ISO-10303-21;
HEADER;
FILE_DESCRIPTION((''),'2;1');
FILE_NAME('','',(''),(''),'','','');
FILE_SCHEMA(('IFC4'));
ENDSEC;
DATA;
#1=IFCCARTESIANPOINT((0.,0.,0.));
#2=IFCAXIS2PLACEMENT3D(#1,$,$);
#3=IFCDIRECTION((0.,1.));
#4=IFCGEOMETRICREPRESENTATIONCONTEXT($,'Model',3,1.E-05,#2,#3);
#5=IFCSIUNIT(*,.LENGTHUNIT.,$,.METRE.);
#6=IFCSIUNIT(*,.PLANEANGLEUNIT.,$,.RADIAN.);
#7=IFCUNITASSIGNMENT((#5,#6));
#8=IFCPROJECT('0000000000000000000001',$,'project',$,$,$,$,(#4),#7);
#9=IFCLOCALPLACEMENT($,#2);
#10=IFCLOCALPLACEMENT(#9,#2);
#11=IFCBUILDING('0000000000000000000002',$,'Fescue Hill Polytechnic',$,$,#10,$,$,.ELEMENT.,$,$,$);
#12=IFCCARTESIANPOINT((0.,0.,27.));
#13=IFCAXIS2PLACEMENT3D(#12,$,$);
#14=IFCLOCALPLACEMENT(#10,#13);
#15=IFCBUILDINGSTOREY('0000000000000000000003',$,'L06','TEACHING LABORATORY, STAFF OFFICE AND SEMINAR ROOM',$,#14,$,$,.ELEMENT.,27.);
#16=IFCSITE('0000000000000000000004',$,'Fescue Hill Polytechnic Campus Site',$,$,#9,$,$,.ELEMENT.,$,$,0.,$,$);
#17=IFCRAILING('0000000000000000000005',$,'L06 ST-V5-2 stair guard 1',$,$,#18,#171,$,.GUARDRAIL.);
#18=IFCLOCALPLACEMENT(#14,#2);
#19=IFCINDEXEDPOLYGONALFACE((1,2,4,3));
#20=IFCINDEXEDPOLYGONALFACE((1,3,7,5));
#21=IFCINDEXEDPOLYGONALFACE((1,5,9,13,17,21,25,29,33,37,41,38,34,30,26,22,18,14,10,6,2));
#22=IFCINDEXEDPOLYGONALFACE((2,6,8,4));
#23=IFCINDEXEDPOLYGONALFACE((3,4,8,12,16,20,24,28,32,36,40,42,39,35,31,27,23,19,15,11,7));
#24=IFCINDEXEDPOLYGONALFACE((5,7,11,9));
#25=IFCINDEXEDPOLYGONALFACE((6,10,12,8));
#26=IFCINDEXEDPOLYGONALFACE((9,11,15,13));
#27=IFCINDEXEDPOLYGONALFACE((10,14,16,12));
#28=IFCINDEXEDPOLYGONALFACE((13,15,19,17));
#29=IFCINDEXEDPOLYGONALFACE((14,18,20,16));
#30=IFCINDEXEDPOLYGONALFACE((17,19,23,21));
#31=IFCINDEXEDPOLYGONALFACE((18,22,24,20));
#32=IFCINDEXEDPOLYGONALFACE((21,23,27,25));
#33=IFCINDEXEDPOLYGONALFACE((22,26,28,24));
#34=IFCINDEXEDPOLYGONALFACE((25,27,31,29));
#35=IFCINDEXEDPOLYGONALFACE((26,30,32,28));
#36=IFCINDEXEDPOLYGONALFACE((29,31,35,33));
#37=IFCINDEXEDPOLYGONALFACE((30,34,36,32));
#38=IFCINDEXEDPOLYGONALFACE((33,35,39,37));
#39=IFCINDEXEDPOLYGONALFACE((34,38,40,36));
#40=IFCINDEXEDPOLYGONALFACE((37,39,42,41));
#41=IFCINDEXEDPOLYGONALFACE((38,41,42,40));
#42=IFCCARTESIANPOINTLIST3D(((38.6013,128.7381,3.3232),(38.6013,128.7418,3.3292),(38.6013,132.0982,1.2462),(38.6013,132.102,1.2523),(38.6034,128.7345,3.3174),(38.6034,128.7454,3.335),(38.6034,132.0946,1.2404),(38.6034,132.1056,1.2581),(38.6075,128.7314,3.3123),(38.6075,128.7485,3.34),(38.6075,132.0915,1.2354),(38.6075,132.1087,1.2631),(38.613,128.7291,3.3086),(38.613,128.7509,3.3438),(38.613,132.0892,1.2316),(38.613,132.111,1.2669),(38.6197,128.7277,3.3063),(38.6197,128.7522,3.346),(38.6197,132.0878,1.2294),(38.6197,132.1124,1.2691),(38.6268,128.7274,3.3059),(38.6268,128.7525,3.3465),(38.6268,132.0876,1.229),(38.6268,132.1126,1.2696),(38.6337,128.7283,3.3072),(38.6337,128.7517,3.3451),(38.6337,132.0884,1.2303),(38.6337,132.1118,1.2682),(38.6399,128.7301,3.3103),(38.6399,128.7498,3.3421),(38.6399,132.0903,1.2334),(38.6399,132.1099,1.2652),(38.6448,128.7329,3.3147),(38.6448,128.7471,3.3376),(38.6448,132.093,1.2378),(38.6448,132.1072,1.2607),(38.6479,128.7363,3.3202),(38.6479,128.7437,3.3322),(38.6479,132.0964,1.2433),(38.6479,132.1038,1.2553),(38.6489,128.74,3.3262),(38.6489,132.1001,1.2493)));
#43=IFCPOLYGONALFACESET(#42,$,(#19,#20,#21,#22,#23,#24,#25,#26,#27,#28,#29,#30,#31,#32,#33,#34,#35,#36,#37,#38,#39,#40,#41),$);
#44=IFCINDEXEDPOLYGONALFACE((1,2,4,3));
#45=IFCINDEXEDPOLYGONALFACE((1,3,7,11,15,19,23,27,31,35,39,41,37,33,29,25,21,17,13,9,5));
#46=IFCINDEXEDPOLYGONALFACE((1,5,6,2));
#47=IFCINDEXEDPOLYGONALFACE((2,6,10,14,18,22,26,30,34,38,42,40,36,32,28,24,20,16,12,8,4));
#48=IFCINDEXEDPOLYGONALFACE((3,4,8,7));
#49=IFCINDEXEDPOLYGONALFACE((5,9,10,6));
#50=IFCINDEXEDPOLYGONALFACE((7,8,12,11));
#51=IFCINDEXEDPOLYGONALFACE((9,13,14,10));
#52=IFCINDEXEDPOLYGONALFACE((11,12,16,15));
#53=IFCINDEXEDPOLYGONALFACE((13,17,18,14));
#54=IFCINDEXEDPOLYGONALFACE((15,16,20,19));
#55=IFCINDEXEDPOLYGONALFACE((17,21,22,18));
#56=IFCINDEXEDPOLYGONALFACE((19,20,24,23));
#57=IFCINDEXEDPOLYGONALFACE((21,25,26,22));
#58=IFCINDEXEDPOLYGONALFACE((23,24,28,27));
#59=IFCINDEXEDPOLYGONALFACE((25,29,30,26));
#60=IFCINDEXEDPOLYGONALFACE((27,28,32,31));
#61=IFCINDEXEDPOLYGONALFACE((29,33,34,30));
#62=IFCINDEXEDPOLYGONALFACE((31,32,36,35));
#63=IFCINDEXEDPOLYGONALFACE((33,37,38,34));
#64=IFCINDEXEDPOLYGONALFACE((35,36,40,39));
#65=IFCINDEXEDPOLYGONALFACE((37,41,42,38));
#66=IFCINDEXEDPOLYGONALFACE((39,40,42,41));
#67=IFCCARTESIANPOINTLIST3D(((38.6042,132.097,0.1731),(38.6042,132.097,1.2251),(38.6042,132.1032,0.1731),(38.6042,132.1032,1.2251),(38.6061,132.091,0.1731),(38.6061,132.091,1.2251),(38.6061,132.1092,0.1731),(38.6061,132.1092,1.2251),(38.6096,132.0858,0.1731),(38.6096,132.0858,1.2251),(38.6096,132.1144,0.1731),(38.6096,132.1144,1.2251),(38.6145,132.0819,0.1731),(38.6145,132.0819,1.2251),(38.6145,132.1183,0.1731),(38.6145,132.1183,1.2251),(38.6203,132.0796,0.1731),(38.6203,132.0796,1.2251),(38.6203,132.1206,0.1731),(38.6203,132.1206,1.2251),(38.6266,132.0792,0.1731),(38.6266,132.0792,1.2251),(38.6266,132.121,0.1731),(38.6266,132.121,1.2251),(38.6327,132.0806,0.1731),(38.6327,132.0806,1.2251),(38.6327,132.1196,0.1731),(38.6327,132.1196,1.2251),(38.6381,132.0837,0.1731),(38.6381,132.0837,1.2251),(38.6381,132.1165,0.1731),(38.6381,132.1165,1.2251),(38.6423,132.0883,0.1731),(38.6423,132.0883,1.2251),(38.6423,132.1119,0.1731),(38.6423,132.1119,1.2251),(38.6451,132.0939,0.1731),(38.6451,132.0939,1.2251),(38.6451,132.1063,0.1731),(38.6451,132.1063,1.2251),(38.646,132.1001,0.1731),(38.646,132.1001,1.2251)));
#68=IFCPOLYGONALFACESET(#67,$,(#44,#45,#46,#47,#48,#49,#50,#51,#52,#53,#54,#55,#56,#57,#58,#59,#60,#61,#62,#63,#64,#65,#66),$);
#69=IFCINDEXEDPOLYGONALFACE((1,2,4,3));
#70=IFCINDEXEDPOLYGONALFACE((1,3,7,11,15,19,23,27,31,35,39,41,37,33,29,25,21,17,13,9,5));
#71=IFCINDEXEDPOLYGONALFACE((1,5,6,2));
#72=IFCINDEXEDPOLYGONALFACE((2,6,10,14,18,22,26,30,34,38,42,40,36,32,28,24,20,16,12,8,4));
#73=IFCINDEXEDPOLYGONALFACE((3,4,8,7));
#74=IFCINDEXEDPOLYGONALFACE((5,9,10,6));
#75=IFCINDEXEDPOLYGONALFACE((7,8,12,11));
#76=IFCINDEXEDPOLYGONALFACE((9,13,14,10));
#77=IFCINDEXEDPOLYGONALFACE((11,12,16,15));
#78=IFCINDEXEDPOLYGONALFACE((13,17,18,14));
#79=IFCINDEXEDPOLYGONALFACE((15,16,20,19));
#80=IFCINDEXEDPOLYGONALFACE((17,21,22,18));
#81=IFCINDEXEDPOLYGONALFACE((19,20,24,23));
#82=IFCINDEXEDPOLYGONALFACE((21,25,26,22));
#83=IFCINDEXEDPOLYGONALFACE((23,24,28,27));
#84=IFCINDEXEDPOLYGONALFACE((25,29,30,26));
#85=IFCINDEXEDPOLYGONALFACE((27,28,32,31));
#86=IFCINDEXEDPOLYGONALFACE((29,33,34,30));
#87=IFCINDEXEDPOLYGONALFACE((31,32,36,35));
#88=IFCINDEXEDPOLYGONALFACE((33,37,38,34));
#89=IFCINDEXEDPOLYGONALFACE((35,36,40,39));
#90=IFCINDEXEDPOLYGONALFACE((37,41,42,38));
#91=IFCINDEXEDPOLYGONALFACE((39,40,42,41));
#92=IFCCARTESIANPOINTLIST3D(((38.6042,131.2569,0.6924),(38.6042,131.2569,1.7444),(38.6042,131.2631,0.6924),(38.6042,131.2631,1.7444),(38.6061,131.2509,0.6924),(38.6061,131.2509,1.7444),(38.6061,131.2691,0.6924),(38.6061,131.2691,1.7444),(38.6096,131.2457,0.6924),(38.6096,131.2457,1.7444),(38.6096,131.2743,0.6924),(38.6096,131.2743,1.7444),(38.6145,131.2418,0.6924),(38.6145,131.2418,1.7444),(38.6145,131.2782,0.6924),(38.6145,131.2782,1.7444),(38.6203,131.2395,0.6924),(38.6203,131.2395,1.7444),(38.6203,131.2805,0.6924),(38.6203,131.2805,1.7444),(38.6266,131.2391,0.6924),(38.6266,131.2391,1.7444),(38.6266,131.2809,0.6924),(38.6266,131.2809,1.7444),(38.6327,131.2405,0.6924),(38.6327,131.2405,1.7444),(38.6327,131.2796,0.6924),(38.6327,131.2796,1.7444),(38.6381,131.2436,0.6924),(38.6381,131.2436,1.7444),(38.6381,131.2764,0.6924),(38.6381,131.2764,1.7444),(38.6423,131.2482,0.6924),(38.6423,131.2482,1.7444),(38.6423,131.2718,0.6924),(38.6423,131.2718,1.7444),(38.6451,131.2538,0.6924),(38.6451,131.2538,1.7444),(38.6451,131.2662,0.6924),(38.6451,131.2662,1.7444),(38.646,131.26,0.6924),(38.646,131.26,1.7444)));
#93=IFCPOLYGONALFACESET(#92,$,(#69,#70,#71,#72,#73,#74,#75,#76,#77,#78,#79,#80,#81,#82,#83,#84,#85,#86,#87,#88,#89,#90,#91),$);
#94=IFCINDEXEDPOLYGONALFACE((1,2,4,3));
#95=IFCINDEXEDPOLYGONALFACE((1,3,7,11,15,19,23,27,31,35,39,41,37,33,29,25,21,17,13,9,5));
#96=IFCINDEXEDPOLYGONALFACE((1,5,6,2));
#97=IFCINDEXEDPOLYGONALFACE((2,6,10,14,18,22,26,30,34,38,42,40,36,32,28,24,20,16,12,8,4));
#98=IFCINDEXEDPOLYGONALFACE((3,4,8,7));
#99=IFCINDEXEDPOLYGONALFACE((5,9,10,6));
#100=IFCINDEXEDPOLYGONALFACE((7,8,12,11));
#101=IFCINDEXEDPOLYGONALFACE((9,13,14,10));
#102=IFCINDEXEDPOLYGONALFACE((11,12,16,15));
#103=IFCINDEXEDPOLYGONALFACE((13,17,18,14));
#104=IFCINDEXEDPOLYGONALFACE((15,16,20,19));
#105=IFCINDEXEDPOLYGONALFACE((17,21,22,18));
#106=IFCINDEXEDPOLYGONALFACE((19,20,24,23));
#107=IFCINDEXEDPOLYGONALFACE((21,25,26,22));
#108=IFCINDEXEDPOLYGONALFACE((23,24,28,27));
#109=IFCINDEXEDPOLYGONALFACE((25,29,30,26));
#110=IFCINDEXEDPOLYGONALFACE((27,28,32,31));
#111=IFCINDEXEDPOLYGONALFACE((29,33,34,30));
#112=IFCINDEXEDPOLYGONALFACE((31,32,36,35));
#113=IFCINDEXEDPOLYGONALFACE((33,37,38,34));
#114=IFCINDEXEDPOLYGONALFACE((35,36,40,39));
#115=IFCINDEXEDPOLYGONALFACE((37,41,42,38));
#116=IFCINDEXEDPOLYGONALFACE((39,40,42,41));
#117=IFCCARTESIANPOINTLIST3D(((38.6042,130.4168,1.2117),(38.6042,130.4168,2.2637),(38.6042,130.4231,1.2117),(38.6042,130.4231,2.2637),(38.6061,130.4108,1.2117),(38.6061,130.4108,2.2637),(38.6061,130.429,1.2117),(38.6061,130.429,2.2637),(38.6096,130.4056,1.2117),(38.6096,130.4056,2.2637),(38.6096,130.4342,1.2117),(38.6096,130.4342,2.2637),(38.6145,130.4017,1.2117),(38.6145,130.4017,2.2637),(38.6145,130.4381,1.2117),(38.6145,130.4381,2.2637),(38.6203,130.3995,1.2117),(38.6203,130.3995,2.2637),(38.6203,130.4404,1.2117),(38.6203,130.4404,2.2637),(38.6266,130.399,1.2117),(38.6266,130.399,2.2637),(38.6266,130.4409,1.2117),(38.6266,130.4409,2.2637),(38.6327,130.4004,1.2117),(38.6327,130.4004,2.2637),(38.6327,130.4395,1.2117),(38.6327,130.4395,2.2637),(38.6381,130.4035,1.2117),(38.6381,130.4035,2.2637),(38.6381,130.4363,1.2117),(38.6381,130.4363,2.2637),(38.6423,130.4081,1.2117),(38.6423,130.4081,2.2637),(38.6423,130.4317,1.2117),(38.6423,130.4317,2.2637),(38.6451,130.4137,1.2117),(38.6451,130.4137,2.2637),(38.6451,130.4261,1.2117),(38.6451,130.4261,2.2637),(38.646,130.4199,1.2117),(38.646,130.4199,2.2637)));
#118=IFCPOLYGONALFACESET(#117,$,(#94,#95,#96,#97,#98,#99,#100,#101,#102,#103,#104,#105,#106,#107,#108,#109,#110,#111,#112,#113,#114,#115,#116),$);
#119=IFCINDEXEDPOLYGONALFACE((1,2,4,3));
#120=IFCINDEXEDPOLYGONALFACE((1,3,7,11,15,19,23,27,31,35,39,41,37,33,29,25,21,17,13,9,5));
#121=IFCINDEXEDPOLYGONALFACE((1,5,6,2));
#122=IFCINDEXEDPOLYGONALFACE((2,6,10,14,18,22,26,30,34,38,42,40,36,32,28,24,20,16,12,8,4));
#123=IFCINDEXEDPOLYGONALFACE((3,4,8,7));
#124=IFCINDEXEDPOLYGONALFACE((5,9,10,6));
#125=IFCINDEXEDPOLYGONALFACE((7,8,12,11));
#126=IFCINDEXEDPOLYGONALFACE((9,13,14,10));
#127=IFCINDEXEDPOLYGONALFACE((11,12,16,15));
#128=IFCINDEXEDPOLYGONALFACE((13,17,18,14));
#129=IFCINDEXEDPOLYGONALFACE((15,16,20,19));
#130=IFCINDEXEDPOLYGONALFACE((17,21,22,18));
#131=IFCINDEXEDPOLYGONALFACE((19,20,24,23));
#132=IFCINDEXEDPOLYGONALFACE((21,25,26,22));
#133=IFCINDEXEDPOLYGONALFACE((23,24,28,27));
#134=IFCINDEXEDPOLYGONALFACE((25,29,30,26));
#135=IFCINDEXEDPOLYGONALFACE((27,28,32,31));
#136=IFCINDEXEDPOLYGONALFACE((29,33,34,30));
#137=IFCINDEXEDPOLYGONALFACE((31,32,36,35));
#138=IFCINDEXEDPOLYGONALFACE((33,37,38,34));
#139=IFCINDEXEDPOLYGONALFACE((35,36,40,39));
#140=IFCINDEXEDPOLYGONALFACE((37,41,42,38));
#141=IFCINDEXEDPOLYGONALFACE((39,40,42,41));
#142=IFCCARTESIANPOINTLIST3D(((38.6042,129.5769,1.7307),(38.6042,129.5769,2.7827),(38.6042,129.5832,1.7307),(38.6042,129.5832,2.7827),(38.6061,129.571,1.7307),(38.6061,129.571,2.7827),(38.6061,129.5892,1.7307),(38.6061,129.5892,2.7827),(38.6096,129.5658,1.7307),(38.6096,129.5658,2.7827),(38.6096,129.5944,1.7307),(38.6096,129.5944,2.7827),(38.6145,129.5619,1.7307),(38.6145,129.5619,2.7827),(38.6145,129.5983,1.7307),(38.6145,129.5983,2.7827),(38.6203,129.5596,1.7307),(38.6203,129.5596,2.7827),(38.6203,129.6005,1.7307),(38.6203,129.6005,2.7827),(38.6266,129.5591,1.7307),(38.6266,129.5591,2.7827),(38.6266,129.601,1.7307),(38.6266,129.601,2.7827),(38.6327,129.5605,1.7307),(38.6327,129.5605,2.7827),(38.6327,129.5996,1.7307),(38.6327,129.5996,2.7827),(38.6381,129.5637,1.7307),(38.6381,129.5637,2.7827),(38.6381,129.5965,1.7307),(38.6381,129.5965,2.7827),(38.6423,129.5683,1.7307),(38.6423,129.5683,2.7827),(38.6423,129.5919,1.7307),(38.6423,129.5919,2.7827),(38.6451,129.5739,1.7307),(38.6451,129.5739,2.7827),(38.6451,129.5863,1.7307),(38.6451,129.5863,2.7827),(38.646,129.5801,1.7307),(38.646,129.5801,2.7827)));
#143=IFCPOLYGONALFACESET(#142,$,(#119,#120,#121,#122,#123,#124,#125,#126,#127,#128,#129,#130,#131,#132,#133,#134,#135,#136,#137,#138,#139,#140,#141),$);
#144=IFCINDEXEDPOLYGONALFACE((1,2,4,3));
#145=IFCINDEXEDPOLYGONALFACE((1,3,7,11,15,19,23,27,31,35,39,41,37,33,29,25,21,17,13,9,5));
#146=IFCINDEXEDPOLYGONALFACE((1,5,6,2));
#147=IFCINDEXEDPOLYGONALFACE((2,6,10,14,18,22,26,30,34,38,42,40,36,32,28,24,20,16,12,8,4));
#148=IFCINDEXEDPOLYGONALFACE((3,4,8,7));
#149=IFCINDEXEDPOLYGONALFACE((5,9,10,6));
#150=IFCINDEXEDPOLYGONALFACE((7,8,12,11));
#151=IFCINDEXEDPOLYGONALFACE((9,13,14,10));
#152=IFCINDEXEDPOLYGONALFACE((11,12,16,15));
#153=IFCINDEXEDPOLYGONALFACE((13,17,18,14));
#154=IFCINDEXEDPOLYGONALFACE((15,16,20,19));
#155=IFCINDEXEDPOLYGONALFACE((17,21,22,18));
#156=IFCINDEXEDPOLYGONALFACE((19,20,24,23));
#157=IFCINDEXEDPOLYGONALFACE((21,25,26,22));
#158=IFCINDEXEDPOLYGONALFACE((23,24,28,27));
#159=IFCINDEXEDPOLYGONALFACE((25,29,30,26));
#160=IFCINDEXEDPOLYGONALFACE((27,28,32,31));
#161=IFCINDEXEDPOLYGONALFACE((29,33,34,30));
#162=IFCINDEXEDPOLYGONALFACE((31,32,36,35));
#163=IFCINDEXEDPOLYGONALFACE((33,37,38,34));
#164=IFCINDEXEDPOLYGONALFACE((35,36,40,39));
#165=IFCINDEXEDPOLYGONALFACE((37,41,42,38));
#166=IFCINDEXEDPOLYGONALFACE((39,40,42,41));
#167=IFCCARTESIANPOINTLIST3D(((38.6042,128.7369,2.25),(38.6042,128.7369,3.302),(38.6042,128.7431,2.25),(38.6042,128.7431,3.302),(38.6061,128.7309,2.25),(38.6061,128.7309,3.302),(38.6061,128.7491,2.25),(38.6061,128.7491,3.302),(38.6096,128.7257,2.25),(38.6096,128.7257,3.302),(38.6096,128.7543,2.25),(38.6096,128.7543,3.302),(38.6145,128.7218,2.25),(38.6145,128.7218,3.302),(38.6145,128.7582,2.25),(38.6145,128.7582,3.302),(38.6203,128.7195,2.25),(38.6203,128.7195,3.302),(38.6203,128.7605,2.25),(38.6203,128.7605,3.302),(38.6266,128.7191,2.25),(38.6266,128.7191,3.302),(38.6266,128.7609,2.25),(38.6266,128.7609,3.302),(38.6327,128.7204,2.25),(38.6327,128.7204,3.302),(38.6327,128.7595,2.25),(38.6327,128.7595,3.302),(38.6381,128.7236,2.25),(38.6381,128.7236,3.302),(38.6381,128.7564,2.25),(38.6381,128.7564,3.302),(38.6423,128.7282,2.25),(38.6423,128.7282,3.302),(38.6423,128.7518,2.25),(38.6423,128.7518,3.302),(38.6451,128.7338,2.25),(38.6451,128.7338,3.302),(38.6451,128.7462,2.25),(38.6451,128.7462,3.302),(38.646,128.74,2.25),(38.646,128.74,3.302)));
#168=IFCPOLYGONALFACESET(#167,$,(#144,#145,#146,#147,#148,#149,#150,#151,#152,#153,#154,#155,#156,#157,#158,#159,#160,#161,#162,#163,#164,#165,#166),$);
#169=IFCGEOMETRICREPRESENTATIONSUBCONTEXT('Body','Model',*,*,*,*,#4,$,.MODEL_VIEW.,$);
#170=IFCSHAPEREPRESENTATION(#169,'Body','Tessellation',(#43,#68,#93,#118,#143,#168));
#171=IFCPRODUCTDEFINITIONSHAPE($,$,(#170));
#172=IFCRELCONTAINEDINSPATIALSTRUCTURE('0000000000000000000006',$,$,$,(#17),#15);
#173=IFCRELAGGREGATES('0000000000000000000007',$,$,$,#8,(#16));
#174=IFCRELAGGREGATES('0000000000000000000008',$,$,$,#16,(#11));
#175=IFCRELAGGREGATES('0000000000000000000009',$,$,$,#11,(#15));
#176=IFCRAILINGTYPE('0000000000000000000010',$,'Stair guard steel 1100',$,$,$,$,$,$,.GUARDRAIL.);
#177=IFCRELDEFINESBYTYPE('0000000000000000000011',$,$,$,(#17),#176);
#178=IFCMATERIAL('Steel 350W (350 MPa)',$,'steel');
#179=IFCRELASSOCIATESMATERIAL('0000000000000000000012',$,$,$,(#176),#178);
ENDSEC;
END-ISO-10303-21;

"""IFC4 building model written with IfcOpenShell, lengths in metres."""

from ifc_helpers import new_model, si_unit, direction, frame, origin, origin_2d, place, context, subcontext, project, spatial, circle, extrude, material, type_object, element, save


model = new_model("IFC4")

# Units and contexts
model_context = context("Model", 3, precision=1e-05, world=origin(), true_north=direction((0.0, 1.0)))
body_context = subcontext(model_context, "Body", "Model", "MODEL_VIEW")
ifc_project = project(units=[si_unit("LENGTHUNIT", "METRE"), si_unit("PLANEANGLEUNIT", "RADIAN")], contexts=[model_context])

# Site, building, storey
site_placement = place(None, origin())
site = spatial("IfcSite", under=ifc_project, at=site_placement, Name="Fescue Hill Polytechnic Campus Site", CompositionType="ELEMENT", RefElevation=0.0)
building_placement = place(site_placement, origin())
building = spatial("IfcBuilding", under=site, at=building_placement, Name="Fescue Hill Polytechnic", CompositionType="ELEMENT")
storey_placement = place(building_placement, frame((0.0, 0.0, 27.0)))
storey = spatial("IfcBuildingStorey", under=building, at=storey_placement, Name="L06", Description="TEACHING LABORATORY, STAFF OFFICE AND SEMINAR ROOM", CompositionType="ELEMENT", Elevation=27.0)

# Railing
ifc_material_1 = material(Name="Steel 350W (350 MPa)", Category="steel")
railing_type_1 = type_object("IfcRailingType", Name="Stair guard steel 1100", PredefinedType="GUARDRAIL", material=ifc_material_1)
railing_1_placement = place(storey_placement, frame((38.625, 132.1001, 0.1731)))
element("IfcRailing", 1, at=railing_1_placement, inside=storey, type_object=railing_type_1, Name="L06 ST-V5-2 stair guard 1", PredefinedType="GUARDRAIL", context=body_context, shape_type="SweptSolid", body=[
    extrude(circle(Radius=0.0239, at=origin_2d()), frame((0.0, 0.0, 1.0762), z_axis=(0.0, -0.850623, 0.525776), x_axis=(1.0, 0.0, 0.0)), (0.0, 0.0, 1.0), 3.9502),
    extrude(circle(Radius=0.021, at=origin_2d()), origin(), (0.0, 0.0, 1.0), 1.052),
    extrude(circle(Radius=0.021, at=origin_2d()), frame((0.0, -0.8401, 0.5193)), (0.0, 0.0, 1.0), 1.052),
    extrude(circle(Radius=0.021, at=origin_2d()), frame((0.0, -1.6802, 1.0386)), (0.0, 0.0, 1.0), 1.052),
    extrude(circle(Radius=0.021, at=origin_2d()), frame((0.0, -2.52, 1.5576)), (0.0, 0.0, 1.0), 1.052),
    extrude(circle(Radius=0.021, at=origin_2d()), frame((0.0, -3.3601, 2.0769)), (0.0, 0.0, 1.0), 1.052),
])

save(model, "model.ifc")
